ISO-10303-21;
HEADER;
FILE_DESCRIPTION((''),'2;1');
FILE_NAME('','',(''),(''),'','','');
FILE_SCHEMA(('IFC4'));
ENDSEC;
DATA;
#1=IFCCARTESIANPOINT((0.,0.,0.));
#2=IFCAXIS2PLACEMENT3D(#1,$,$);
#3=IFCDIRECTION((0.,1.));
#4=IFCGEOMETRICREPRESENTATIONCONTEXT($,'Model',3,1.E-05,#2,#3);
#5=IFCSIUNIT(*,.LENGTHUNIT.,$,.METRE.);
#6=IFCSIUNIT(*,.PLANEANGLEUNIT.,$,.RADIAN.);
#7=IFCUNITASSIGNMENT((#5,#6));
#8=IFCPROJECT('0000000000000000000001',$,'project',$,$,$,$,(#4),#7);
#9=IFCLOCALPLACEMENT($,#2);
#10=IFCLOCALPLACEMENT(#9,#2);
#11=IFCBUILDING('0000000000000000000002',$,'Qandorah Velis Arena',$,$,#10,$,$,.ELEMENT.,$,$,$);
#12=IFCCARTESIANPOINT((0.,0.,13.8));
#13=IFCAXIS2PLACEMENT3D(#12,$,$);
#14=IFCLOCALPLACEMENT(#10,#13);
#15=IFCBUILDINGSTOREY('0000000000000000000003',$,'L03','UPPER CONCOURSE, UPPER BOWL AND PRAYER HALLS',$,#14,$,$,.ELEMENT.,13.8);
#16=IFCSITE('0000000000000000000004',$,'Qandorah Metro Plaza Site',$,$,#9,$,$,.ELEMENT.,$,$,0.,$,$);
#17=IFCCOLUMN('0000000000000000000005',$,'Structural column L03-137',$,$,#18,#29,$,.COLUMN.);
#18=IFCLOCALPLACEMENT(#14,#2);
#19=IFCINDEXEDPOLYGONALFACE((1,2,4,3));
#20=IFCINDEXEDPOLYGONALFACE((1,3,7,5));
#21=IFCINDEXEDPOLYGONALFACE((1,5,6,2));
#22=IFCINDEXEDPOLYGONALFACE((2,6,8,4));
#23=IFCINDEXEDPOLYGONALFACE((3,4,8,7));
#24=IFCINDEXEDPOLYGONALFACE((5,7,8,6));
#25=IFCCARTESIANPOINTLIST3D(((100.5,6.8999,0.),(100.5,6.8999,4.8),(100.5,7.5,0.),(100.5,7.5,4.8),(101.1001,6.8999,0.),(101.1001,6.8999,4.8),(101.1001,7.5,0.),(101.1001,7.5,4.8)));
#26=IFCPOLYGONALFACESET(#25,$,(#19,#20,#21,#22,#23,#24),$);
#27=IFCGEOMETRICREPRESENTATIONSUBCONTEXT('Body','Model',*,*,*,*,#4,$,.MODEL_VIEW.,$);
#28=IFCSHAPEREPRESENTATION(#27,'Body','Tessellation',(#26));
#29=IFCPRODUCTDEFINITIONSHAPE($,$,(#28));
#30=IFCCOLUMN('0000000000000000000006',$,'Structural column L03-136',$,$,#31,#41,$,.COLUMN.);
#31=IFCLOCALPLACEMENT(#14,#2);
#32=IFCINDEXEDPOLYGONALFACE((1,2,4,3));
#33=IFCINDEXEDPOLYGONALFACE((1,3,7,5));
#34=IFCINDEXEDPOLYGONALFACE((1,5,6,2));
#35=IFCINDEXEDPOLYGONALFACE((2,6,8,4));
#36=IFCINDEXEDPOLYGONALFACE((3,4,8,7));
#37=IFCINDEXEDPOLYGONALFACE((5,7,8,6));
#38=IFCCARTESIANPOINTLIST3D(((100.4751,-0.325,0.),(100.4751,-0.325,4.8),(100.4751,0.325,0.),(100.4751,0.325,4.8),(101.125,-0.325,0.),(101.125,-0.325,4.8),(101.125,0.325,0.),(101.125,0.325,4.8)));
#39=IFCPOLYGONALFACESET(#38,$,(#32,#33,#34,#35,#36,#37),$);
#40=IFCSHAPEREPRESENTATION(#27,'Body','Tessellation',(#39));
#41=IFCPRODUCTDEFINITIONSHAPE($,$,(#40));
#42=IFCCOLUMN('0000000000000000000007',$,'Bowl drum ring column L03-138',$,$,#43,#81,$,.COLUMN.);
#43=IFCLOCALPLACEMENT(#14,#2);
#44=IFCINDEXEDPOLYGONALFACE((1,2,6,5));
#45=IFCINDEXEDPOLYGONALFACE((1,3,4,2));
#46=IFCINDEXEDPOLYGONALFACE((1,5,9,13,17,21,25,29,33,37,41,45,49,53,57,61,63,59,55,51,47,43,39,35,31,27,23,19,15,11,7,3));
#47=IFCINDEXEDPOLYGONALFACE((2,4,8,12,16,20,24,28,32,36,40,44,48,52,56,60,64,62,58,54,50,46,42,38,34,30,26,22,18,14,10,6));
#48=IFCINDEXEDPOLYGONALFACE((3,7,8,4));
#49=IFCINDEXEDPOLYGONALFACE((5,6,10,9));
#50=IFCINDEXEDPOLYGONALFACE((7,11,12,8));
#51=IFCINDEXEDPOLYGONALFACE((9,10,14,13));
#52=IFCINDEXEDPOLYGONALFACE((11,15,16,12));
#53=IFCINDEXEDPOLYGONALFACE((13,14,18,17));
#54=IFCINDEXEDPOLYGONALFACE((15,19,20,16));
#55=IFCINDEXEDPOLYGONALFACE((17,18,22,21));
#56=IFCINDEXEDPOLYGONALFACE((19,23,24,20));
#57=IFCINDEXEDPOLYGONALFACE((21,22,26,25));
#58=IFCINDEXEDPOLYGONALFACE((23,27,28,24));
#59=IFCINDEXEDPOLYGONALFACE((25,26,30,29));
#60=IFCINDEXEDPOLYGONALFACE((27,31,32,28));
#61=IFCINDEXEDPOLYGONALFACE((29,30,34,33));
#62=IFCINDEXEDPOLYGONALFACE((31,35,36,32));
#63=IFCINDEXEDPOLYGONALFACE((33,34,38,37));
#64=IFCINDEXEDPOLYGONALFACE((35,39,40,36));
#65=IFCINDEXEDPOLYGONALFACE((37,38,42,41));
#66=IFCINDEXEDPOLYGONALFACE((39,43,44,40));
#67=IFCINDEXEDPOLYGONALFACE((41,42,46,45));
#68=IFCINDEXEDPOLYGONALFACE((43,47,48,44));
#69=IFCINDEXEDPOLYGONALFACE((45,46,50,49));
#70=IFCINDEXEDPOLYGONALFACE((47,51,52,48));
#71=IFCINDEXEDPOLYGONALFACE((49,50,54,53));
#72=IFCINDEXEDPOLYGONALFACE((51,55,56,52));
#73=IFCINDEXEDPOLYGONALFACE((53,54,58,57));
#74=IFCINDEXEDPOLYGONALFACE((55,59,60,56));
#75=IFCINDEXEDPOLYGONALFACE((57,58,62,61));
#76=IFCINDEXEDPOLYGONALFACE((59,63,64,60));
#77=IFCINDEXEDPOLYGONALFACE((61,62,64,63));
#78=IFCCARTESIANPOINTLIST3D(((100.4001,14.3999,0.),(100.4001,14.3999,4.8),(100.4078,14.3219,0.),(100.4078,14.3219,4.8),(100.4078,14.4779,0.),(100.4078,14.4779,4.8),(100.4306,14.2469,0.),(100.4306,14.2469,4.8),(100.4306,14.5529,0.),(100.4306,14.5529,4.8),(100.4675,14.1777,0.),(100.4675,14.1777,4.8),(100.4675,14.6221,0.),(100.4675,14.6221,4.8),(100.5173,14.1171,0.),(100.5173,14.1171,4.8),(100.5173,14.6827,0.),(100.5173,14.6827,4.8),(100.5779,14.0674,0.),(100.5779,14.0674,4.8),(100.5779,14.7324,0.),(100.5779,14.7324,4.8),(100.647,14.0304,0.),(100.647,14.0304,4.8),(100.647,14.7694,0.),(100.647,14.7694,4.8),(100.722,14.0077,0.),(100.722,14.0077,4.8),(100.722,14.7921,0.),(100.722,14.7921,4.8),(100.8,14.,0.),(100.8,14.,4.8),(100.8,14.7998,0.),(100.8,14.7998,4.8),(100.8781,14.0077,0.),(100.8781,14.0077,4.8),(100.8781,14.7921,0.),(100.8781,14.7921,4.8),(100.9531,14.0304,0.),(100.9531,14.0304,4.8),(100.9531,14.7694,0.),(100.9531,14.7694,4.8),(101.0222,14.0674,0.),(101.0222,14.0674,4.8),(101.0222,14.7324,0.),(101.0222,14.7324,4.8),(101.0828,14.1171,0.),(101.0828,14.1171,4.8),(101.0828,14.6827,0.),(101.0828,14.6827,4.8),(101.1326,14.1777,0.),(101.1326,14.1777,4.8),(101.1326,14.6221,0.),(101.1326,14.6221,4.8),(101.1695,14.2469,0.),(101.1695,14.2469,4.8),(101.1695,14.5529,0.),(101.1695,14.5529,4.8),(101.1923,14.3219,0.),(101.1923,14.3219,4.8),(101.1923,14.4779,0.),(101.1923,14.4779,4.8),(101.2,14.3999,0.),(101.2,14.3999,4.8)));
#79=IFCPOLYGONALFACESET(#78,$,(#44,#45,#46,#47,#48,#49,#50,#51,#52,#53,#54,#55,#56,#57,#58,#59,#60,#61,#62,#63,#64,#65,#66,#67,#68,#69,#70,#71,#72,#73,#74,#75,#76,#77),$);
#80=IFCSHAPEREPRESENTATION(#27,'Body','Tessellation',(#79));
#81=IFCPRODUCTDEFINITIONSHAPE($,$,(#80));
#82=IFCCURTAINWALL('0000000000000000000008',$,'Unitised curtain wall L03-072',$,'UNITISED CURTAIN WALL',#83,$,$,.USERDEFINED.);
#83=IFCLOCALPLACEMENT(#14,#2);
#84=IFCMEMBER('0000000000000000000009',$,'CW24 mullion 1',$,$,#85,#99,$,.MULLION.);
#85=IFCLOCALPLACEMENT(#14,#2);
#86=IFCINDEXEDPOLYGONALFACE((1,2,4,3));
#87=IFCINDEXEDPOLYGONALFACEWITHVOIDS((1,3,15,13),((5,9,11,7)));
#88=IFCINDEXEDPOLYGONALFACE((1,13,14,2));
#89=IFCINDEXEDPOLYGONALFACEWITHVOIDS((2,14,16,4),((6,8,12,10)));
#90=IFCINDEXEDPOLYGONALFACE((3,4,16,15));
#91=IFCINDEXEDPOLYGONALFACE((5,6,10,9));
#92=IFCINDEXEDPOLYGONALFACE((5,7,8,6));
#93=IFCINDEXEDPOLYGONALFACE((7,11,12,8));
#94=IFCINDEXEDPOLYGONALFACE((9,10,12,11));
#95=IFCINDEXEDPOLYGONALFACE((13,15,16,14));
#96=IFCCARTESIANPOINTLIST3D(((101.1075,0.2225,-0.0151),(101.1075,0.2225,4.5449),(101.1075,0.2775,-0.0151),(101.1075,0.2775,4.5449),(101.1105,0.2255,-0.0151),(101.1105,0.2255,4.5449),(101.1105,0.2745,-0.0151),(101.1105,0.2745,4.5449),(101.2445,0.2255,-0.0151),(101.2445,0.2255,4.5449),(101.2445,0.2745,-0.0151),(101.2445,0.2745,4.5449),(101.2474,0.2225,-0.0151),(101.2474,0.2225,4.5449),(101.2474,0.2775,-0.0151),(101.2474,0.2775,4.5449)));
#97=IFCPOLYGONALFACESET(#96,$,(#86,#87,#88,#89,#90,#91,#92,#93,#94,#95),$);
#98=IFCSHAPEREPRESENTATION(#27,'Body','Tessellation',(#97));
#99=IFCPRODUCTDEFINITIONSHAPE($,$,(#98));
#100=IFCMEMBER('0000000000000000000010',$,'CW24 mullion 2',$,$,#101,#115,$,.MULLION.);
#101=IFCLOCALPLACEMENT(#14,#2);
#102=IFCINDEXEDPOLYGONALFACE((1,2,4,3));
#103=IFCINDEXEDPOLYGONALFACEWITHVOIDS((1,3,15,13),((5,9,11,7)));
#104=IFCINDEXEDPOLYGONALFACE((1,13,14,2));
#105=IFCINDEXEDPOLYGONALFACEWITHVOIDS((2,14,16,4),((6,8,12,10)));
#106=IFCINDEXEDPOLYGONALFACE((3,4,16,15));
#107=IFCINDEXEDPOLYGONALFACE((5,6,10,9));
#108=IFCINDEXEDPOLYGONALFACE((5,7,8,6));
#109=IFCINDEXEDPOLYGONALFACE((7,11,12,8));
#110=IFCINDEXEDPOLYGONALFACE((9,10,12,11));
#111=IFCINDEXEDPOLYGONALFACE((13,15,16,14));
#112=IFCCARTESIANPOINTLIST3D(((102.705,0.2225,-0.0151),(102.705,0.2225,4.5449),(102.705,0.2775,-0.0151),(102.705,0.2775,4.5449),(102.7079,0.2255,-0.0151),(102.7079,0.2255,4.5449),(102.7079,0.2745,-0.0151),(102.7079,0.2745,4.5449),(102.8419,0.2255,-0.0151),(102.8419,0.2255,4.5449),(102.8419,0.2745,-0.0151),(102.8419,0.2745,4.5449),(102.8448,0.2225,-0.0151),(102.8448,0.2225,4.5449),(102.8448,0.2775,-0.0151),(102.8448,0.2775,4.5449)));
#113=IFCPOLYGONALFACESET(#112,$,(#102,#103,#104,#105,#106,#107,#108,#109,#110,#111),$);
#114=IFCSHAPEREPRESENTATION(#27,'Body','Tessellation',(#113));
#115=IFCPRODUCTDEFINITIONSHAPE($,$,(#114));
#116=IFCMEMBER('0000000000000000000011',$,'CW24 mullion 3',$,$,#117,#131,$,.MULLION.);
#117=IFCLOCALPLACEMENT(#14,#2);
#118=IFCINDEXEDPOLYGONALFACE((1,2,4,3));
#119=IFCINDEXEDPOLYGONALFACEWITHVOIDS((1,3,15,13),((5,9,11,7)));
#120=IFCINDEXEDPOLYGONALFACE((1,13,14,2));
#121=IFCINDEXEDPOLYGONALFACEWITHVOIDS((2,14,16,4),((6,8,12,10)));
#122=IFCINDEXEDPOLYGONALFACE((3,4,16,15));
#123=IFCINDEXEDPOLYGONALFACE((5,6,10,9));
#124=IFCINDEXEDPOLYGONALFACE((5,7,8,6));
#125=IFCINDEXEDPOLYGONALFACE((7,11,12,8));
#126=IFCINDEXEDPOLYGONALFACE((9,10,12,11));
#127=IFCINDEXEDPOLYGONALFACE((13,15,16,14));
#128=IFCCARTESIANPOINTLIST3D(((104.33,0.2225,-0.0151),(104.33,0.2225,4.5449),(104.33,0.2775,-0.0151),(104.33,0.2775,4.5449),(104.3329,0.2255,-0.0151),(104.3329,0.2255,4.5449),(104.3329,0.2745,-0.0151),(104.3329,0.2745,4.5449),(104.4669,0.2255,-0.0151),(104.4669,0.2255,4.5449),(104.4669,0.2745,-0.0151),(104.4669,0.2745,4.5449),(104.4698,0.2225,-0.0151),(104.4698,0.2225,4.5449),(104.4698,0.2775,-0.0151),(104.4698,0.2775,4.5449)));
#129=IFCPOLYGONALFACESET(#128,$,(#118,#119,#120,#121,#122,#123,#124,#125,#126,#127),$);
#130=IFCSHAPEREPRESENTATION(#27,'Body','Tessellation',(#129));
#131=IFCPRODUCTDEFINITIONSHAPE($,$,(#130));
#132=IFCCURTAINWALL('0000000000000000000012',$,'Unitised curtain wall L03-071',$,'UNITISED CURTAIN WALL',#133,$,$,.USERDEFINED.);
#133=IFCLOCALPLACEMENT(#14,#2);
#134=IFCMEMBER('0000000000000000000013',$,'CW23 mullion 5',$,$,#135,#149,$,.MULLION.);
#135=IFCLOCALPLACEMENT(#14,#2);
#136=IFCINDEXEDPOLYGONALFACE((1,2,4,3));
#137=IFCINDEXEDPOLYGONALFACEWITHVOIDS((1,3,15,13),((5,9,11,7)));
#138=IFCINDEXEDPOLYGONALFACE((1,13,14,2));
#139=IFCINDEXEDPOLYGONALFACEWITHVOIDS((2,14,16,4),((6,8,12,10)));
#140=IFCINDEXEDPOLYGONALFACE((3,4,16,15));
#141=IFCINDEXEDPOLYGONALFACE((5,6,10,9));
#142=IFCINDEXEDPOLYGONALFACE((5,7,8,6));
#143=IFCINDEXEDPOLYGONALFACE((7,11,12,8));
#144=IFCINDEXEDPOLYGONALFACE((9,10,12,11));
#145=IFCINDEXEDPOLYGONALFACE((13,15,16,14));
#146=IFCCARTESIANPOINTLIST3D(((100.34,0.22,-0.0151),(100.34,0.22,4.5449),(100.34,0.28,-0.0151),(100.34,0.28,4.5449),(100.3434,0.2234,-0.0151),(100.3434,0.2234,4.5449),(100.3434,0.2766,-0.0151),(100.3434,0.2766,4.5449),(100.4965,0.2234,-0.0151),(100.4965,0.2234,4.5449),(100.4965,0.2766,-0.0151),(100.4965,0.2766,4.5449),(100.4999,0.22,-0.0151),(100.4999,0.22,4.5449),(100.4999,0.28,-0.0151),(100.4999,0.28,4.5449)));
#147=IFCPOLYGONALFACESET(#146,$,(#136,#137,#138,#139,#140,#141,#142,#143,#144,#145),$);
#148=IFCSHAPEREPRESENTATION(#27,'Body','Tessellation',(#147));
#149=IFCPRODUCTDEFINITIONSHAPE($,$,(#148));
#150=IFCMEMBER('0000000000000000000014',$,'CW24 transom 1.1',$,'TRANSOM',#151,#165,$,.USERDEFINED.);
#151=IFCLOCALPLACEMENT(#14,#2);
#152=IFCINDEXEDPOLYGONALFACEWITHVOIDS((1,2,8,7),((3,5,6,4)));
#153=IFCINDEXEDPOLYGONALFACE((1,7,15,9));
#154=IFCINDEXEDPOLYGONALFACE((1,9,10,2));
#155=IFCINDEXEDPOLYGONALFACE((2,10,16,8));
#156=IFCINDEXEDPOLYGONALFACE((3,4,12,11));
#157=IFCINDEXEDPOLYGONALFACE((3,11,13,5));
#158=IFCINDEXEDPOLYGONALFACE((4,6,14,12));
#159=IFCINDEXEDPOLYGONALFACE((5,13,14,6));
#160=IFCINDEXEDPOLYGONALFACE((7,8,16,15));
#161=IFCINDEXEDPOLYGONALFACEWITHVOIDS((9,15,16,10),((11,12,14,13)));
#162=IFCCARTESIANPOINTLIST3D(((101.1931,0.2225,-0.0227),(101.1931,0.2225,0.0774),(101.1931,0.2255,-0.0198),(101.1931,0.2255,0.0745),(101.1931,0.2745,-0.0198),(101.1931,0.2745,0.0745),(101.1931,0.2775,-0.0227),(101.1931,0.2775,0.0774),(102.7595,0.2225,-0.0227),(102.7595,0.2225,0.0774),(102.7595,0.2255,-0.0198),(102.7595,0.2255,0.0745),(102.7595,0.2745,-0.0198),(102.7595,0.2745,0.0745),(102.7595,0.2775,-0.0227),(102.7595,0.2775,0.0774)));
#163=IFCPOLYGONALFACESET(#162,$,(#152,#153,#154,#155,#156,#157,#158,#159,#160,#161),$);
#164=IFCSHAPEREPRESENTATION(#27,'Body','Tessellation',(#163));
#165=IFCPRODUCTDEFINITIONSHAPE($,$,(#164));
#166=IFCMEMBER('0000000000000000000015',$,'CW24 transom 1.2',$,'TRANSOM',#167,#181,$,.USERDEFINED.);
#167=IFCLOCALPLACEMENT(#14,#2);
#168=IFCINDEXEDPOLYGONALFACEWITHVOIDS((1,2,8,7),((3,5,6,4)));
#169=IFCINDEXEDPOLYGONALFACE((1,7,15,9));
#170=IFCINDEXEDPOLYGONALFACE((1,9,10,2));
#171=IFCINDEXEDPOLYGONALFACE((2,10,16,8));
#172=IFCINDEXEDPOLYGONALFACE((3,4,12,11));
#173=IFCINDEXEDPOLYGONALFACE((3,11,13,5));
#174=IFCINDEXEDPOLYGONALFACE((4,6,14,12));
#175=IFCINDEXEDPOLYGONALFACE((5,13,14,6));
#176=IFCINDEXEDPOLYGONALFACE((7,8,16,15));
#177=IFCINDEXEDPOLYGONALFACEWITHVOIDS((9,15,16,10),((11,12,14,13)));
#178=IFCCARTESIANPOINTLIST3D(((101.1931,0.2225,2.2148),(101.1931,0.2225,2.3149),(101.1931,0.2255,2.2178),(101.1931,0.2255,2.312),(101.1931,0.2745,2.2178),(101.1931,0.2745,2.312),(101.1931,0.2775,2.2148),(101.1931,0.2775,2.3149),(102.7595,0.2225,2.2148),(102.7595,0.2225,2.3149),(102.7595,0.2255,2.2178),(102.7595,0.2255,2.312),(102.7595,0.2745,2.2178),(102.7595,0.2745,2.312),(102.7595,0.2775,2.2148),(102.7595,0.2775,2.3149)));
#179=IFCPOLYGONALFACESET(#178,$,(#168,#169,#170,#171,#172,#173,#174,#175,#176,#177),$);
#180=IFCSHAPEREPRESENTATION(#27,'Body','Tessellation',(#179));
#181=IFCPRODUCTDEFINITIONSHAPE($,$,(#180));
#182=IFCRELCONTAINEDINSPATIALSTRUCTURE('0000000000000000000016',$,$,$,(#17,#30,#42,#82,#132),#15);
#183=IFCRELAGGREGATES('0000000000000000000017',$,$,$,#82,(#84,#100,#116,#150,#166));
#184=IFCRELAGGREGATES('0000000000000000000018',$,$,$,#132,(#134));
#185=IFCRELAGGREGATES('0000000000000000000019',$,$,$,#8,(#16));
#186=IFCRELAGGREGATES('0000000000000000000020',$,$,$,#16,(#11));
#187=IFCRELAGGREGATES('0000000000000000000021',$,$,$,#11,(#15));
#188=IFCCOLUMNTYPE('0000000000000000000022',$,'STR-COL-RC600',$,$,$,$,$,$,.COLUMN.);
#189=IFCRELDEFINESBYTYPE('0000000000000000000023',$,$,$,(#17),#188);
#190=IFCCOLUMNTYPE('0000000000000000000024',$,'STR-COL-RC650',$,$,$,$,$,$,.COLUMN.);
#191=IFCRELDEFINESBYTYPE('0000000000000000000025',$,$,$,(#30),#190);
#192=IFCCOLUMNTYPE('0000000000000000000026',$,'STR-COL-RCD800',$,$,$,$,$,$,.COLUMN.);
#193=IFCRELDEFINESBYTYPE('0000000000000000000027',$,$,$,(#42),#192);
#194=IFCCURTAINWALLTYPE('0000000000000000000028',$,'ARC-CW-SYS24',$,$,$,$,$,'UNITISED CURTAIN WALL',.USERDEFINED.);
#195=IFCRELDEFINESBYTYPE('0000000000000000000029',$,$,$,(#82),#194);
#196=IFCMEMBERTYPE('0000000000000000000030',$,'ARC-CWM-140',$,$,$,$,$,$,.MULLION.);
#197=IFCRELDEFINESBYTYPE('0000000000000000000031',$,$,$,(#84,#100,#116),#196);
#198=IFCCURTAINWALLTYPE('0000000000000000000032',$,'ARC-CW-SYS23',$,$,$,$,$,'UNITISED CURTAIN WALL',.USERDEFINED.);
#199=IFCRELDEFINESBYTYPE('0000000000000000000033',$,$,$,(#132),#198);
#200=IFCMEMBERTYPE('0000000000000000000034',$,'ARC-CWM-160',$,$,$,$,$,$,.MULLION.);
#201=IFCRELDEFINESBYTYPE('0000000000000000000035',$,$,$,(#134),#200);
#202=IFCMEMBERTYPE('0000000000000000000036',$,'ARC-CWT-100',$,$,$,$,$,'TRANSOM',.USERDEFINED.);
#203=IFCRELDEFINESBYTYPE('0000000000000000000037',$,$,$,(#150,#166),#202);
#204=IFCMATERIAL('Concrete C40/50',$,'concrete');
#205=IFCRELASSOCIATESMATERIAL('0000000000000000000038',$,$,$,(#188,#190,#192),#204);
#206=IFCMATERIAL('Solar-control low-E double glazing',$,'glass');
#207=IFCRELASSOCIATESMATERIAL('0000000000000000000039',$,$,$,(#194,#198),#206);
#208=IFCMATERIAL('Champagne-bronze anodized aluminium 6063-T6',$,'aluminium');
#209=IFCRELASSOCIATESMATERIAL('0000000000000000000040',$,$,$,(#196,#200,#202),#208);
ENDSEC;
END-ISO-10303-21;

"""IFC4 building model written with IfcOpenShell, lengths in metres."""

from ifc_helpers import new_model, si_unit, direction, frame, origin, origin_2d, place, context, subcontext, project, spatial, rectangle, hollow_rectangle, circle, extrude, material, material_profile, profile_set, type_object, element, aggregate, save


model = new_model("IFC4")

# Units and contexts
model_context = context("Model", 3, precision=1e-05, world=origin(), true_north=direction((0.0, 1.0)))
body_context = subcontext(model_context, "Body", "Model", "MODEL_VIEW")
ifc_project = project(units=[si_unit("LENGTHUNIT", "METRE"), si_unit("PLANEANGLEUNIT", "RADIAN")], contexts=[model_context])

# Site, building, storey
site_placement = place(None, origin())
site = spatial("IfcSite", under=ifc_project, at=site_placement, Name="Qandorah Metro Plaza Site", CompositionType="ELEMENT", RefElevation=0.0)
building_placement = place(site_placement, origin())
building = spatial("IfcBuilding", under=site, at=building_placement, Name="Qandorah Velis Arena", CompositionType="ELEMENT")
storey_placement = place(building_placement, frame((0.0, 0.0, 13.8)))
storey = spatial("IfcBuildingStorey", under=building, at=storey_placement, Name="L03", Description="UPPER CONCOURSE, UPPER BOWL AND PRAYER HALLS", CompositionType="ELEMENT", Elevation=13.8)

# Columns
ifc_material_1 = material(Name="Concrete C40/50", Category="concrete")
ifc_material_profile_1 = material_profile(ifc_material_1, rectangle(XDim=0.6001, YDim=0.6001, at=origin_2d()), Name="RC COL 600x600")
ifc_profile_set_1 = profile_set([ifc_material_profile_1], Name="Concrete C40/50")
column_type_1 = type_object("IfcColumnType", Name="STR-COL-RC600", PredefinedType="COLUMN", material=ifc_profile_set_1)
column_1_placement = place(storey_placement, frame((100.8, 7.2, 0.0), z_axis=(0.0, 0.0, 1.0), x_axis=(1.0, 0.0, 0.0)))
element("IfcColumn", 1, at=column_1_placement, inside=storey, type_object=column_type_1, Name="Structural column L03-137", PredefinedType="COLUMN", context=body_context, shape_type="SweptSolid", body=[
    extrude(rectangle(XDim=0.6001, YDim=0.6001, at=origin_2d()), origin(), (0.0, 0.0, 1.0), 4.8),
])
ifc_material_profile_2 = material_profile(ifc_material_1, rectangle(XDim=0.6499, YDim=0.6499, at=origin_2d()), Name="RC COL 650x650")
ifc_profile_set_2 = profile_set([ifc_material_profile_2], Name="Concrete C40/50")
column_type_2 = type_object("IfcColumnType", Name="STR-COL-RC650", PredefinedType="COLUMN", material=ifc_profile_set_2)
column_2_placement = place(storey_placement, frame((100.8, 0.0, 0.0), z_axis=(0.0, 0.0, 1.0), x_axis=(1.0, 0.0, 0.0)))
element("IfcColumn", 2, at=column_2_placement, inside=storey, type_object=column_type_2, Name="Structural column L03-136", PredefinedType="COLUMN", context=body_context, shape_type="SweptSolid", body=[
    extrude(rectangle(XDim=0.6499, YDim=0.6499, at=origin_2d()), origin(), (0.0, 0.0, 1.0), 4.8),
])
ifc_material_profile_3 = material_profile(ifc_material_1, circle(Radius=0.3999, at=origin_2d()), Name="RC D800")
ifc_profile_set_3 = profile_set([ifc_material_profile_3], Name="Concrete C40/50")
column_type_3 = type_object("IfcColumnType", Name="STR-COL-RCD800", PredefinedType="COLUMN", material=ifc_profile_set_3)
column_3_placement = place(storey_placement, frame((100.8, 14.3999, 0.0), z_axis=(0.0, 0.0, 1.0), x_axis=(1.0, 0.0, 0.0)))
element("IfcColumn", 3, at=column_3_placement, inside=storey, type_object=column_type_3, Name="Bowl drum ring column L03-138", PredefinedType="COLUMN", context=body_context, shape_type="SweptSolid", body=[
    extrude(circle(Radius=0.3999, at=origin_2d()), origin(), (0.0, 0.0, 1.0), 4.8),
])

# Curtain wall, members
ifc_material_2 = material(Name="Solar-control low-E double glazing", Category="glass")
curtain_wall_type_1 = type_object("IfcCurtainWallType", Name="ARC-CW-SYS24", ElementType="UNITISED CURTAIN WALL", PredefinedType="USERDEFINED", material=ifc_material_2)
curtain_wall_1_placement = place(storey_placement, origin())
curtain_wall_1 = element("IfcCurtainWall", 4, at=curtain_wall_1_placement, inside=storey, type_object=curtain_wall_type_1, Name="Unitised curtain wall L03-072", ObjectType="UNITISED CURTAIN WALL", PredefinedType="USERDEFINED")
ifc_material_3 = material(Name="Champagne-bronze anodized aluminium 6063-T6", Category="aluminium")
ifc_material_profile_4 = material_profile(ifc_material_3, hollow_rectangle(XDim=0.0549, YDim=0.1399, WallThickness=0.0029, at=origin_2d()), Name="ALU MULLION 55x140")
ifc_profile_set_4 = profile_set([ifc_material_profile_4], Name="Champagne-bronze anodized aluminium 6063-T6")
member_type_1 = type_object("IfcMemberType", Name="ARC-CWM-140", PredefinedType="MULLION", material=ifc_profile_set_4)
member_1_placement = place(storey_placement, frame((101.1775, 0.25, -0.0151), z_axis=(0.0, 0.0, 1.0), x_axis=(0.0, 1.0, 0.0)))
member_1 = element("IfcMember", 5, at=member_1_placement, type_object=member_type_1, Name="CW24 mullion 1", PredefinedType="MULLION", context=body_context, shape_type="SweptSolid", body=[
    extrude(hollow_rectangle(XDim=0.0549, YDim=0.1399, WallThickness=0.0029, at=origin_2d()), origin(), (0.0, 0.0, 1.0), 4.5601),
])
member_2_placement = place(storey_placement, frame((102.7749, 0.25, -0.0151), z_axis=(0.0, 0.0, 1.0), x_axis=(0.0, 1.0, 0.0)))
member_2 = element("IfcMember", 6, at=member_2_placement, type_object=member_type_1, Name="CW24 mullion 2", PredefinedType="MULLION", context=body_context, shape_type="SweptSolid", body=[
    extrude(hollow_rectangle(XDim=0.0549, YDim=0.1399, WallThickness=0.0029, at=origin_2d()), origin(), (0.0, 0.0, 1.0), 4.5601),
])
member_3_placement = place(storey_placement, frame((104.3999, 0.25, -0.0151), z_axis=(0.0, 0.0, 1.0), x_axis=(0.0, 1.0, 0.0)))
member_3 = element("IfcMember", 7, at=member_3_placement, type_object=member_type_1, Name="CW24 mullion 3", PredefinedType="MULLION", context=body_context, shape_type="SweptSolid", body=[
    extrude(hollow_rectangle(XDim=0.0549, YDim=0.1399, WallThickness=0.0029, at=origin_2d()), origin(), (0.0, 0.0, 1.0), 4.5601),
])

# Curtain wall, member
curtain_wall_type_2 = type_object("IfcCurtainWallType", Name="ARC-CW-SYS23", ElementType="UNITISED CURTAIN WALL", PredefinedType="USERDEFINED", material=ifc_material_2)
curtain_wall_2_placement = place(storey_placement, origin())
curtain_wall_2 = element("IfcCurtainWall", 8, at=curtain_wall_2_placement, inside=storey, type_object=curtain_wall_type_2, Name="Unitised curtain wall L03-071", ObjectType="UNITISED CURTAIN WALL", PredefinedType="USERDEFINED")
ifc_material_profile_5 = material_profile(ifc_material_3, hollow_rectangle(XDim=0.0601, YDim=0.1599, WallThickness=0.0034, at=origin_2d()), Name="ALU MULLION 60x160")
ifc_profile_set_5 = profile_set([ifc_material_profile_5], Name="Champagne-bronze anodized aluminium 6063-T6")
member_type_2 = type_object("IfcMemberType", Name="ARC-CWM-160", PredefinedType="MULLION", material=ifc_profile_set_5)
member_4_placement = place(storey_placement, frame((100.4199, 0.25, -0.0151), z_axis=(0.0, 0.0, 1.0), x_axis=(0.0, 1.0, 0.0)))
member_4 = element("IfcMember", 9, at=member_4_placement, type_object=member_type_2, Name="CW23 mullion 5", PredefinedType="MULLION", context=body_context, shape_type="SweptSolid", body=[
    extrude(hollow_rectangle(XDim=0.0601, YDim=0.1599, WallThickness=0.0034, at=origin_2d()), origin(), (0.0, 0.0, 1.0), 4.5601),
])

# Members
ifc_material_profile_6 = material_profile(ifc_material_3, hollow_rectangle(XDim=0.0549, YDim=0.1001, WallThickness=0.0029, at=origin_2d()), Name="ALU TRANSOM 55x100")
ifc_profile_set_6 = profile_set([ifc_material_profile_6], Name="Champagne-bronze anodized aluminium 6063-T6")
member_type_3 = type_object("IfcMemberType", Name="ARC-CWT-100", ElementType="TRANSOM", PredefinedType="USERDEFINED", material=ifc_profile_set_6)
member_5_placement = place(storey_placement, frame((101.1931, 0.25, 0.0273), z_axis=(1.0, 0.0, 0.0), x_axis=(0.0, 1.0, 0.0)))
member_5 = element("IfcMember", 10, at=member_5_placement, type_object=member_type_3, Name="CW24 transom 1.1", ObjectType="TRANSOM", PredefinedType="USERDEFINED", context=body_context, shape_type="SweptSolid", body=[
    extrude(hollow_rectangle(XDim=0.0549, YDim=0.1001, WallThickness=0.0029, at=origin_2d()), origin(), (0.0, 0.0, 1.0), 1.5664),
])
member_6_placement = place(storey_placement, frame((101.1931, 0.25, 2.2649), z_axis=(1.0, 0.0, 0.0), x_axis=(0.0, 1.0, 0.0)))
member_6 = element("IfcMember", 11, at=member_6_placement, type_object=member_type_3, Name="CW24 transom 1.2", ObjectType="TRANSOM", PredefinedType="USERDEFINED", context=body_context, shape_type="SweptSolid", body=[
    extrude(hollow_rectangle(XDim=0.0549, YDim=0.1001, WallThickness=0.0029, at=origin_2d()), origin(), (0.0, 0.0, 1.0), 1.5664),
])

aggregate(curtain_wall_1, [member_1, member_2, member_3, member_5, member_6])
aggregate(curtain_wall_2, [member_4])

save(model, "model.ifc")
